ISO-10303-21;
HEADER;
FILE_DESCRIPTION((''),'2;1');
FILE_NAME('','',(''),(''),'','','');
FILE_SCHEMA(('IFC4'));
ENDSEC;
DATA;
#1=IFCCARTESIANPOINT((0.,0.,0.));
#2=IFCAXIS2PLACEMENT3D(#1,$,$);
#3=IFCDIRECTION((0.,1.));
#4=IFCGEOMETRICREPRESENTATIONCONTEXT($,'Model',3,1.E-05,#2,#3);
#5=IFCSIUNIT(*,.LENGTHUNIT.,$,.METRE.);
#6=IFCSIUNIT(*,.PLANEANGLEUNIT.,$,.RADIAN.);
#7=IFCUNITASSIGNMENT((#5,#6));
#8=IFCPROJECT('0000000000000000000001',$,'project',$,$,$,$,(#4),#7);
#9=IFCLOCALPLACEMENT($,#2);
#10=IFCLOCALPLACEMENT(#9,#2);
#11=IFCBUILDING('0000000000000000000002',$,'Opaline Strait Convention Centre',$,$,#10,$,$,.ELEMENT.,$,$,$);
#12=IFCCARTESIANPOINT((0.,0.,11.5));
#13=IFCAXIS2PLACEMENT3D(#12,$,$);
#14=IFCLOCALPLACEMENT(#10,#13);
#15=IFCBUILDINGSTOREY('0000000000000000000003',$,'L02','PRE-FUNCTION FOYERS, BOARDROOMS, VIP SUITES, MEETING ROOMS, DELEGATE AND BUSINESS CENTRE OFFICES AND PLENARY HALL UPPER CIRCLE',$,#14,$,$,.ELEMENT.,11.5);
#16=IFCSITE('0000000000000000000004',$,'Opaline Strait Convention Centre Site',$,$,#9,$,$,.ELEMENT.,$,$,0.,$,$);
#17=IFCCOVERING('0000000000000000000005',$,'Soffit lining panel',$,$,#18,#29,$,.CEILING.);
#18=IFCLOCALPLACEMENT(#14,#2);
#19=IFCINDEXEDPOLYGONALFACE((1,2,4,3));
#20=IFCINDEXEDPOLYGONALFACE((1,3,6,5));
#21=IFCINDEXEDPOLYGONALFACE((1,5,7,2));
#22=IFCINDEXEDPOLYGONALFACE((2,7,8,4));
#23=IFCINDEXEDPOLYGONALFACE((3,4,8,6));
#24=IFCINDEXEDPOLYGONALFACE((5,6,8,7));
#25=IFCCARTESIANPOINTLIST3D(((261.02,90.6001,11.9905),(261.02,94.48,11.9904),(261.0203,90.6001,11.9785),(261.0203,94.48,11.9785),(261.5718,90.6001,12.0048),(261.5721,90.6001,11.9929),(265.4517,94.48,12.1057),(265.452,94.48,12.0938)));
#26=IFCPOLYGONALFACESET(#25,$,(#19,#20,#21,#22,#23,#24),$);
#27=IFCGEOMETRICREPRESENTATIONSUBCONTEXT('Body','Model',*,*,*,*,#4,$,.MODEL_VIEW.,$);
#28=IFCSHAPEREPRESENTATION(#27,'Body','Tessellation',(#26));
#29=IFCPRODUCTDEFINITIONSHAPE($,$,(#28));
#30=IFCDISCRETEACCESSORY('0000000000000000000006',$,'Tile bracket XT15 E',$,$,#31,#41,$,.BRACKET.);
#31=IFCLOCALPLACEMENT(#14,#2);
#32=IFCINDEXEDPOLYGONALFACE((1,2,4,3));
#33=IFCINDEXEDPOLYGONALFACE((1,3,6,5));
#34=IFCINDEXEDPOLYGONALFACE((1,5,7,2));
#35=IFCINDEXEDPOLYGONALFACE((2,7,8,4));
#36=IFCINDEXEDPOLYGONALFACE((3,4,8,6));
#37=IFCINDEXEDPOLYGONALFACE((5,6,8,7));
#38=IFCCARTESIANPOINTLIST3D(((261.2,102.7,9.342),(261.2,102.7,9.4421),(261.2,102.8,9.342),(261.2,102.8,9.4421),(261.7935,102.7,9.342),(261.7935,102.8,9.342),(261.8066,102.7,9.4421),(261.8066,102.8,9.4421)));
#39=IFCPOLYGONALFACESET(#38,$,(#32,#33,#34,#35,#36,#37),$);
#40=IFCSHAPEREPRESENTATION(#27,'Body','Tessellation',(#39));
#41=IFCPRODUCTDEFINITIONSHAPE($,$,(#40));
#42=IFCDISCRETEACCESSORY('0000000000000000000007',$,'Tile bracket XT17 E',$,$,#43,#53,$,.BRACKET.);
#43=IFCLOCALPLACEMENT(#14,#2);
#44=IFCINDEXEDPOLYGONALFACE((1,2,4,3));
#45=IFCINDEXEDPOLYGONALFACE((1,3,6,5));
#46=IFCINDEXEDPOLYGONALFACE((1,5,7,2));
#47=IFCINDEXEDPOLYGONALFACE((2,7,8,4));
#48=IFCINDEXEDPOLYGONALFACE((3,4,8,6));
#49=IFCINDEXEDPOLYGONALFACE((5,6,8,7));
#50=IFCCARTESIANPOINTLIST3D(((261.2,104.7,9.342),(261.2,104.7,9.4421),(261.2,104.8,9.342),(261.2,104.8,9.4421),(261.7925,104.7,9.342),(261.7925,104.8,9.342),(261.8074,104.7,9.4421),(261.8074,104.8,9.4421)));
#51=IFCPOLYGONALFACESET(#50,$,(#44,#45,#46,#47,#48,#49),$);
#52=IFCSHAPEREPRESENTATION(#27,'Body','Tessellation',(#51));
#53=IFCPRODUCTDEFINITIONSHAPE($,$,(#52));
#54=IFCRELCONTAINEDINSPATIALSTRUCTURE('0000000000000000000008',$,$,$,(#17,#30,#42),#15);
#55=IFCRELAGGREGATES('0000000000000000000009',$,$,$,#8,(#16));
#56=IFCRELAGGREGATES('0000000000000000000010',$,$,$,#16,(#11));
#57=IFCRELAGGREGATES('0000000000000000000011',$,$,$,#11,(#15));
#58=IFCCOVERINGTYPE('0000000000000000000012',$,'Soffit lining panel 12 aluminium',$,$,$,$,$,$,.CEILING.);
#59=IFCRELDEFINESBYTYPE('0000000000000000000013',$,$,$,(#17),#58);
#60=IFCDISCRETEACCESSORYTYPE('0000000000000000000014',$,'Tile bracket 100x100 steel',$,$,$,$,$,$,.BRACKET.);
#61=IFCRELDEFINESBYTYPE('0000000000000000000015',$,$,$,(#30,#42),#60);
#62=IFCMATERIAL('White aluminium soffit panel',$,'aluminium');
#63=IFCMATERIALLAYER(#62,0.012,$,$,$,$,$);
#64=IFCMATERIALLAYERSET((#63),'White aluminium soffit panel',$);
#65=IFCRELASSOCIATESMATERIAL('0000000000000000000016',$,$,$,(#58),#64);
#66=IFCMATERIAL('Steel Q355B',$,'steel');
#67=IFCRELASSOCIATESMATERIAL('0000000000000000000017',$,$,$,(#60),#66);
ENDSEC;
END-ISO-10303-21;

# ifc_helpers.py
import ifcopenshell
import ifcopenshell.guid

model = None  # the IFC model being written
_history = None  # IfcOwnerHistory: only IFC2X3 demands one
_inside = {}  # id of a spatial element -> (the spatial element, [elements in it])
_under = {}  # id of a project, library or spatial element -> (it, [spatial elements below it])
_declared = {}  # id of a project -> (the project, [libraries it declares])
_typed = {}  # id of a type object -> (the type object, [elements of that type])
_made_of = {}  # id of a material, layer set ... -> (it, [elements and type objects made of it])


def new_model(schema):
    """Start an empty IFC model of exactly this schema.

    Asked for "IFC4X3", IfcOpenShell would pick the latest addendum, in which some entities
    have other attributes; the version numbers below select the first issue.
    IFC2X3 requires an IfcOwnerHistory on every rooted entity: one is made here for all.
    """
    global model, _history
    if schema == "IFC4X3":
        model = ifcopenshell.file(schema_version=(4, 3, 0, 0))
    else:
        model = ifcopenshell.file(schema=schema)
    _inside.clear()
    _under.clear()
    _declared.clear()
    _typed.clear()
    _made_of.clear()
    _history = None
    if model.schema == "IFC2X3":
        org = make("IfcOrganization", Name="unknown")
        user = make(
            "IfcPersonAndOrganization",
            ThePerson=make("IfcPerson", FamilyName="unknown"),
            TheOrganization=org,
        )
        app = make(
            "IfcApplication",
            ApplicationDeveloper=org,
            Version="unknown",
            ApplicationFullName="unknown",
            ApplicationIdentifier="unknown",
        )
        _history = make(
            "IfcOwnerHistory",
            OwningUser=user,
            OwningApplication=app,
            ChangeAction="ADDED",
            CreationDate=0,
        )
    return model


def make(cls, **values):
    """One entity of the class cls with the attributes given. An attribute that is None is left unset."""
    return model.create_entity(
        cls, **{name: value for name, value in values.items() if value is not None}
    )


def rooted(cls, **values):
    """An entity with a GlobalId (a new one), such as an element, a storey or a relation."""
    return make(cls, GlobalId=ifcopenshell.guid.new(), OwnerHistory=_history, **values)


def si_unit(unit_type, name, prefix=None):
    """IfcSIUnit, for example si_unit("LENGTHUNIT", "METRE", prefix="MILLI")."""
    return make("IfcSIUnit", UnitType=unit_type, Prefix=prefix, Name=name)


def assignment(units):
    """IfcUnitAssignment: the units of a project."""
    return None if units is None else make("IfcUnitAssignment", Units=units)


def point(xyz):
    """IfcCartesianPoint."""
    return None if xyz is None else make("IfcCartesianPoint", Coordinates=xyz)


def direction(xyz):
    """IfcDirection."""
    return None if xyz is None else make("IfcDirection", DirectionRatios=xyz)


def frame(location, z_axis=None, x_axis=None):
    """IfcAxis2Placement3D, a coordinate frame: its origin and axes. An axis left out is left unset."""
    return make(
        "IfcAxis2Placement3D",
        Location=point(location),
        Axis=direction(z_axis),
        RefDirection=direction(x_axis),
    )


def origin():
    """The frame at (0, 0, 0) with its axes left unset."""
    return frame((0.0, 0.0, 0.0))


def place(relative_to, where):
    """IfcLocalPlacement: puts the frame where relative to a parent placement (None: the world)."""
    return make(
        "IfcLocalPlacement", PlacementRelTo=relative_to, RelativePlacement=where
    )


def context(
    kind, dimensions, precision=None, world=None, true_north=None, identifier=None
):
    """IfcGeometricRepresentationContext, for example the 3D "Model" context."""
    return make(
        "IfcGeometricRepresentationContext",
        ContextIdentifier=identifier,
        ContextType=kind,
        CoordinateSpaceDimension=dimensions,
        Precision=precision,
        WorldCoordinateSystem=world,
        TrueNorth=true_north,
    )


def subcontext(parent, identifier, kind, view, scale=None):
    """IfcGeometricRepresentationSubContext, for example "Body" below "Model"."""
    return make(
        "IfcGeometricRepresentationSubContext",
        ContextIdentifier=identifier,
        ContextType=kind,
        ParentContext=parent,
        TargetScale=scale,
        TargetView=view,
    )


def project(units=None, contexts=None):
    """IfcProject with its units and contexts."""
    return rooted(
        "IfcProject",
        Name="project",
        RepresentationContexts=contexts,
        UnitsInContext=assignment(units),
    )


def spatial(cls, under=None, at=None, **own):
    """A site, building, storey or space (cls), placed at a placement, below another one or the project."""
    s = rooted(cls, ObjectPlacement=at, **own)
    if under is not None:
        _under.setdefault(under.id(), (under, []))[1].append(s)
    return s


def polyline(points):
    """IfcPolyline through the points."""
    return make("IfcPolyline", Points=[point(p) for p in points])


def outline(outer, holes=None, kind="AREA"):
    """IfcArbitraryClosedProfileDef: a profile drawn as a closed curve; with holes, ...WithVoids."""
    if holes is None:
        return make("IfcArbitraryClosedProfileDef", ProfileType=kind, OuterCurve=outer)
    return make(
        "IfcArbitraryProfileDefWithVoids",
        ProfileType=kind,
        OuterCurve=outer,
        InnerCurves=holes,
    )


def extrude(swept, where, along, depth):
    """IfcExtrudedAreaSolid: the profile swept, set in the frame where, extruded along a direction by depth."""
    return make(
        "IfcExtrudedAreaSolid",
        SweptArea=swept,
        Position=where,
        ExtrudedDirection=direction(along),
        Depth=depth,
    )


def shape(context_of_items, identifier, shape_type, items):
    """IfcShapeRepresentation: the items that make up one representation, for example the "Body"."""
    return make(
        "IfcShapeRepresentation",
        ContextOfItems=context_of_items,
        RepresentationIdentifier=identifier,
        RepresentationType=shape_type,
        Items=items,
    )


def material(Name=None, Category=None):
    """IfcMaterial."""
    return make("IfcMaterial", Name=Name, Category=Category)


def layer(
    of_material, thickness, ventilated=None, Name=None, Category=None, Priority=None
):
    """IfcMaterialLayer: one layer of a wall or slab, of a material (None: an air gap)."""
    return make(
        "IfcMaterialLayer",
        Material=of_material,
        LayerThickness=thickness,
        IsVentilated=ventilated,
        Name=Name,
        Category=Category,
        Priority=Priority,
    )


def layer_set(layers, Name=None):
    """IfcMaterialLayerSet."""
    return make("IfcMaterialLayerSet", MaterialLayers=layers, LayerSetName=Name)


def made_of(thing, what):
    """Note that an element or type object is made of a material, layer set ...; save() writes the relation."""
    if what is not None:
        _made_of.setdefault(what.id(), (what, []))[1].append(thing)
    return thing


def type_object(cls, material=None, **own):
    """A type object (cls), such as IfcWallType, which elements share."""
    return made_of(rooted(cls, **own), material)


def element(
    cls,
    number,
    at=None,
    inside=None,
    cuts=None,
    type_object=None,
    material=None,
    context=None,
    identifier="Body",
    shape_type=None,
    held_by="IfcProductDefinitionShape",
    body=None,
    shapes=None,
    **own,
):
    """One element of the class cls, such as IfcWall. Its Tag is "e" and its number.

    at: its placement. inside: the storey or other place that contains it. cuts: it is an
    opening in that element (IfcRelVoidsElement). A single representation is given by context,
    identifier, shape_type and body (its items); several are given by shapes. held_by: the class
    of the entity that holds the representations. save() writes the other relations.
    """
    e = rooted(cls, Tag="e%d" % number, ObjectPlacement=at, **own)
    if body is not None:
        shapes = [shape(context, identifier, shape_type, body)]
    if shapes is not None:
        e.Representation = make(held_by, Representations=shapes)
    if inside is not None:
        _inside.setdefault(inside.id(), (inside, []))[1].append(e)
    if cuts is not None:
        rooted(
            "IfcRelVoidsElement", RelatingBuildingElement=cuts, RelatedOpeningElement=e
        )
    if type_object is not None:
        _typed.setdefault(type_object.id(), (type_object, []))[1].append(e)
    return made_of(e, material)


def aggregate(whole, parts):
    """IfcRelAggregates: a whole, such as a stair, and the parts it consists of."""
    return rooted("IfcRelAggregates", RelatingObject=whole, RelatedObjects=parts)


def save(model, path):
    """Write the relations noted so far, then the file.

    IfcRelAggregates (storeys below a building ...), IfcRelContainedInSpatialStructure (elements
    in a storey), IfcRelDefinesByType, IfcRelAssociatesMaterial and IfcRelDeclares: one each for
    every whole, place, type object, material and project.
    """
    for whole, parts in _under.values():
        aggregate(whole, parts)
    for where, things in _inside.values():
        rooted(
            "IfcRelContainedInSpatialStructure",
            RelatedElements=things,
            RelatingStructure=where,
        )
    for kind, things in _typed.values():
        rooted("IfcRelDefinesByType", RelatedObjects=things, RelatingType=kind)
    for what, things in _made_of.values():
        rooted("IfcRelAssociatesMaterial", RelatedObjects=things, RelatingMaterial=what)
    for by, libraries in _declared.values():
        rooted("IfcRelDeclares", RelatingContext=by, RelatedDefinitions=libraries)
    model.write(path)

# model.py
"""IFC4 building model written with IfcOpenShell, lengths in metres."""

from ifc_helpers import new_model, si_unit, direction, frame, origin, place, context, subcontext, project, spatial, polyline, outline, extrude, material, layer, layer_set, type_object, element, save


model = new_model("IFC4")

# Units and contexts
model_context = context("Model", 3, precision=1e-05, world=origin(), true_north=direction((0.0, 1.0)))
body_context = subcontext(model_context, "Body", "Model", "MODEL_VIEW")
ifc_project = project(units=[si_unit("LENGTHUNIT", "METRE"), si_unit("PLANEANGLEUNIT", "RADIAN")], contexts=[model_context])

# Site, building, storey
site_placement = place(None, origin())
site = spatial("IfcSite", under=ifc_project, at=site_placement, Name="Opaline Strait Convention Centre Site", CompositionType="ELEMENT", RefElevation=0.0)
building_placement = place(site_placement, origin())
building = spatial("IfcBuilding", under=site, at=building_placement, Name="Opaline Strait Convention Centre", CompositionType="ELEMENT")
storey_placement = place(building_placement, frame((0.0, 0.0, 11.5)))
storey = spatial("IfcBuildingStorey", under=building, at=storey_placement, Name="L02", Description="PRE-FUNCTION FOYERS, BOARDROOMS, VIP SUITES, MEETING ROOMS, DELEGATE AND BUSINESS CENTRE OFFICES AND PLENARY HALL UPPER CIRCLE", CompositionType="ELEMENT", Elevation=11.5)

# Shared definitions
ifc_material_1 = material(Name="Steel Q355B", Category="steel")

# Covering
ifc_material_2 = material(Name="White aluminium soffit panel", Category="aluminium")
ifc_layer = layer(ifc_material_2, 0.012)
ifc_layer_set = layer_set([ifc_layer], Name="White aluminium soffit panel")
covering_type_1 = type_object("IfcCoveringType", Name="Soffit lining panel 12 aluminium", PredefinedType="CEILING", material=ifc_layer_set)
covering_1_placement = place(storey_placement, frame((265.4517, 94.48, 12.1057), z_axis=(-0.026005, 0.000013, 0.999662), x_axis=(-0.706987, -0.706987, -0.018382)))
element("IfcCovering", 1, at=covering_1_placement, inside=storey, type_object=covering_type_1, Name="Soffit lining panel", PredefinedType="CEILING", context=body_context, shape_type="SweptSolid", body=[
    extrude(outline(polyline([(0.0, 0.0), (5.4879, 0.0), (5.8783, -0.3902), (3.1352, -3.1342), (0.0, 0.0)])), origin(), (0.0, 0.0, -1.0), 0.012),
])

# Discrete accessories
discrete_accessory_type = type_object("IfcDiscreteAccessoryType", Name="Tile bracket 100x100 steel", PredefinedType="BRACKET", material=ifc_material_1)
discrete_accessory_1_placement = place(storey_placement, frame((261.2, 102.7, 9.3921), z_axis=(0.0, 1.0, 0.0), x_axis=(-1.0, 0.0, 0.0)))
element("IfcDiscreteAccessory", 2, at=discrete_accessory_1_placement, inside=storey, type_object=discrete_accessory_type, Name="Tile bracket XT15 E", PredefinedType="BRACKET", context=body_context, shape_type="SweptSolid", body=[
    extrude(outline(polyline([(0.0, -0.05), (0.0, 0.05), (-0.6067, 0.05), (-0.5935, -0.05), (0.0, -0.05)])), origin(), (0.0, 0.0, 1.0), 0.1001),
])
discrete_accessory_2_placement = place(storey_placement, frame((261.2, 104.7, 9.3921), z_axis=(0.0, 1.0, 0.0), x_axis=(-1.0, 0.0, 0.0)))
element("IfcDiscreteAccessory", 3, at=discrete_accessory_2_placement, inside=storey, type_object=discrete_accessory_type, Name="Tile bracket XT17 E", PredefinedType="BRACKET", context=body_context, shape_type="SweptSolid", body=[
    extrude(outline(polyline([(0.0, -0.05), (0.0, 0.05), (-0.6074, 0.05), (-0.5925, -0.05), (0.0, -0.05)])), origin(), (0.0, 0.0, 1.0), 0.1001),
])

save(model, "model.ifc")
